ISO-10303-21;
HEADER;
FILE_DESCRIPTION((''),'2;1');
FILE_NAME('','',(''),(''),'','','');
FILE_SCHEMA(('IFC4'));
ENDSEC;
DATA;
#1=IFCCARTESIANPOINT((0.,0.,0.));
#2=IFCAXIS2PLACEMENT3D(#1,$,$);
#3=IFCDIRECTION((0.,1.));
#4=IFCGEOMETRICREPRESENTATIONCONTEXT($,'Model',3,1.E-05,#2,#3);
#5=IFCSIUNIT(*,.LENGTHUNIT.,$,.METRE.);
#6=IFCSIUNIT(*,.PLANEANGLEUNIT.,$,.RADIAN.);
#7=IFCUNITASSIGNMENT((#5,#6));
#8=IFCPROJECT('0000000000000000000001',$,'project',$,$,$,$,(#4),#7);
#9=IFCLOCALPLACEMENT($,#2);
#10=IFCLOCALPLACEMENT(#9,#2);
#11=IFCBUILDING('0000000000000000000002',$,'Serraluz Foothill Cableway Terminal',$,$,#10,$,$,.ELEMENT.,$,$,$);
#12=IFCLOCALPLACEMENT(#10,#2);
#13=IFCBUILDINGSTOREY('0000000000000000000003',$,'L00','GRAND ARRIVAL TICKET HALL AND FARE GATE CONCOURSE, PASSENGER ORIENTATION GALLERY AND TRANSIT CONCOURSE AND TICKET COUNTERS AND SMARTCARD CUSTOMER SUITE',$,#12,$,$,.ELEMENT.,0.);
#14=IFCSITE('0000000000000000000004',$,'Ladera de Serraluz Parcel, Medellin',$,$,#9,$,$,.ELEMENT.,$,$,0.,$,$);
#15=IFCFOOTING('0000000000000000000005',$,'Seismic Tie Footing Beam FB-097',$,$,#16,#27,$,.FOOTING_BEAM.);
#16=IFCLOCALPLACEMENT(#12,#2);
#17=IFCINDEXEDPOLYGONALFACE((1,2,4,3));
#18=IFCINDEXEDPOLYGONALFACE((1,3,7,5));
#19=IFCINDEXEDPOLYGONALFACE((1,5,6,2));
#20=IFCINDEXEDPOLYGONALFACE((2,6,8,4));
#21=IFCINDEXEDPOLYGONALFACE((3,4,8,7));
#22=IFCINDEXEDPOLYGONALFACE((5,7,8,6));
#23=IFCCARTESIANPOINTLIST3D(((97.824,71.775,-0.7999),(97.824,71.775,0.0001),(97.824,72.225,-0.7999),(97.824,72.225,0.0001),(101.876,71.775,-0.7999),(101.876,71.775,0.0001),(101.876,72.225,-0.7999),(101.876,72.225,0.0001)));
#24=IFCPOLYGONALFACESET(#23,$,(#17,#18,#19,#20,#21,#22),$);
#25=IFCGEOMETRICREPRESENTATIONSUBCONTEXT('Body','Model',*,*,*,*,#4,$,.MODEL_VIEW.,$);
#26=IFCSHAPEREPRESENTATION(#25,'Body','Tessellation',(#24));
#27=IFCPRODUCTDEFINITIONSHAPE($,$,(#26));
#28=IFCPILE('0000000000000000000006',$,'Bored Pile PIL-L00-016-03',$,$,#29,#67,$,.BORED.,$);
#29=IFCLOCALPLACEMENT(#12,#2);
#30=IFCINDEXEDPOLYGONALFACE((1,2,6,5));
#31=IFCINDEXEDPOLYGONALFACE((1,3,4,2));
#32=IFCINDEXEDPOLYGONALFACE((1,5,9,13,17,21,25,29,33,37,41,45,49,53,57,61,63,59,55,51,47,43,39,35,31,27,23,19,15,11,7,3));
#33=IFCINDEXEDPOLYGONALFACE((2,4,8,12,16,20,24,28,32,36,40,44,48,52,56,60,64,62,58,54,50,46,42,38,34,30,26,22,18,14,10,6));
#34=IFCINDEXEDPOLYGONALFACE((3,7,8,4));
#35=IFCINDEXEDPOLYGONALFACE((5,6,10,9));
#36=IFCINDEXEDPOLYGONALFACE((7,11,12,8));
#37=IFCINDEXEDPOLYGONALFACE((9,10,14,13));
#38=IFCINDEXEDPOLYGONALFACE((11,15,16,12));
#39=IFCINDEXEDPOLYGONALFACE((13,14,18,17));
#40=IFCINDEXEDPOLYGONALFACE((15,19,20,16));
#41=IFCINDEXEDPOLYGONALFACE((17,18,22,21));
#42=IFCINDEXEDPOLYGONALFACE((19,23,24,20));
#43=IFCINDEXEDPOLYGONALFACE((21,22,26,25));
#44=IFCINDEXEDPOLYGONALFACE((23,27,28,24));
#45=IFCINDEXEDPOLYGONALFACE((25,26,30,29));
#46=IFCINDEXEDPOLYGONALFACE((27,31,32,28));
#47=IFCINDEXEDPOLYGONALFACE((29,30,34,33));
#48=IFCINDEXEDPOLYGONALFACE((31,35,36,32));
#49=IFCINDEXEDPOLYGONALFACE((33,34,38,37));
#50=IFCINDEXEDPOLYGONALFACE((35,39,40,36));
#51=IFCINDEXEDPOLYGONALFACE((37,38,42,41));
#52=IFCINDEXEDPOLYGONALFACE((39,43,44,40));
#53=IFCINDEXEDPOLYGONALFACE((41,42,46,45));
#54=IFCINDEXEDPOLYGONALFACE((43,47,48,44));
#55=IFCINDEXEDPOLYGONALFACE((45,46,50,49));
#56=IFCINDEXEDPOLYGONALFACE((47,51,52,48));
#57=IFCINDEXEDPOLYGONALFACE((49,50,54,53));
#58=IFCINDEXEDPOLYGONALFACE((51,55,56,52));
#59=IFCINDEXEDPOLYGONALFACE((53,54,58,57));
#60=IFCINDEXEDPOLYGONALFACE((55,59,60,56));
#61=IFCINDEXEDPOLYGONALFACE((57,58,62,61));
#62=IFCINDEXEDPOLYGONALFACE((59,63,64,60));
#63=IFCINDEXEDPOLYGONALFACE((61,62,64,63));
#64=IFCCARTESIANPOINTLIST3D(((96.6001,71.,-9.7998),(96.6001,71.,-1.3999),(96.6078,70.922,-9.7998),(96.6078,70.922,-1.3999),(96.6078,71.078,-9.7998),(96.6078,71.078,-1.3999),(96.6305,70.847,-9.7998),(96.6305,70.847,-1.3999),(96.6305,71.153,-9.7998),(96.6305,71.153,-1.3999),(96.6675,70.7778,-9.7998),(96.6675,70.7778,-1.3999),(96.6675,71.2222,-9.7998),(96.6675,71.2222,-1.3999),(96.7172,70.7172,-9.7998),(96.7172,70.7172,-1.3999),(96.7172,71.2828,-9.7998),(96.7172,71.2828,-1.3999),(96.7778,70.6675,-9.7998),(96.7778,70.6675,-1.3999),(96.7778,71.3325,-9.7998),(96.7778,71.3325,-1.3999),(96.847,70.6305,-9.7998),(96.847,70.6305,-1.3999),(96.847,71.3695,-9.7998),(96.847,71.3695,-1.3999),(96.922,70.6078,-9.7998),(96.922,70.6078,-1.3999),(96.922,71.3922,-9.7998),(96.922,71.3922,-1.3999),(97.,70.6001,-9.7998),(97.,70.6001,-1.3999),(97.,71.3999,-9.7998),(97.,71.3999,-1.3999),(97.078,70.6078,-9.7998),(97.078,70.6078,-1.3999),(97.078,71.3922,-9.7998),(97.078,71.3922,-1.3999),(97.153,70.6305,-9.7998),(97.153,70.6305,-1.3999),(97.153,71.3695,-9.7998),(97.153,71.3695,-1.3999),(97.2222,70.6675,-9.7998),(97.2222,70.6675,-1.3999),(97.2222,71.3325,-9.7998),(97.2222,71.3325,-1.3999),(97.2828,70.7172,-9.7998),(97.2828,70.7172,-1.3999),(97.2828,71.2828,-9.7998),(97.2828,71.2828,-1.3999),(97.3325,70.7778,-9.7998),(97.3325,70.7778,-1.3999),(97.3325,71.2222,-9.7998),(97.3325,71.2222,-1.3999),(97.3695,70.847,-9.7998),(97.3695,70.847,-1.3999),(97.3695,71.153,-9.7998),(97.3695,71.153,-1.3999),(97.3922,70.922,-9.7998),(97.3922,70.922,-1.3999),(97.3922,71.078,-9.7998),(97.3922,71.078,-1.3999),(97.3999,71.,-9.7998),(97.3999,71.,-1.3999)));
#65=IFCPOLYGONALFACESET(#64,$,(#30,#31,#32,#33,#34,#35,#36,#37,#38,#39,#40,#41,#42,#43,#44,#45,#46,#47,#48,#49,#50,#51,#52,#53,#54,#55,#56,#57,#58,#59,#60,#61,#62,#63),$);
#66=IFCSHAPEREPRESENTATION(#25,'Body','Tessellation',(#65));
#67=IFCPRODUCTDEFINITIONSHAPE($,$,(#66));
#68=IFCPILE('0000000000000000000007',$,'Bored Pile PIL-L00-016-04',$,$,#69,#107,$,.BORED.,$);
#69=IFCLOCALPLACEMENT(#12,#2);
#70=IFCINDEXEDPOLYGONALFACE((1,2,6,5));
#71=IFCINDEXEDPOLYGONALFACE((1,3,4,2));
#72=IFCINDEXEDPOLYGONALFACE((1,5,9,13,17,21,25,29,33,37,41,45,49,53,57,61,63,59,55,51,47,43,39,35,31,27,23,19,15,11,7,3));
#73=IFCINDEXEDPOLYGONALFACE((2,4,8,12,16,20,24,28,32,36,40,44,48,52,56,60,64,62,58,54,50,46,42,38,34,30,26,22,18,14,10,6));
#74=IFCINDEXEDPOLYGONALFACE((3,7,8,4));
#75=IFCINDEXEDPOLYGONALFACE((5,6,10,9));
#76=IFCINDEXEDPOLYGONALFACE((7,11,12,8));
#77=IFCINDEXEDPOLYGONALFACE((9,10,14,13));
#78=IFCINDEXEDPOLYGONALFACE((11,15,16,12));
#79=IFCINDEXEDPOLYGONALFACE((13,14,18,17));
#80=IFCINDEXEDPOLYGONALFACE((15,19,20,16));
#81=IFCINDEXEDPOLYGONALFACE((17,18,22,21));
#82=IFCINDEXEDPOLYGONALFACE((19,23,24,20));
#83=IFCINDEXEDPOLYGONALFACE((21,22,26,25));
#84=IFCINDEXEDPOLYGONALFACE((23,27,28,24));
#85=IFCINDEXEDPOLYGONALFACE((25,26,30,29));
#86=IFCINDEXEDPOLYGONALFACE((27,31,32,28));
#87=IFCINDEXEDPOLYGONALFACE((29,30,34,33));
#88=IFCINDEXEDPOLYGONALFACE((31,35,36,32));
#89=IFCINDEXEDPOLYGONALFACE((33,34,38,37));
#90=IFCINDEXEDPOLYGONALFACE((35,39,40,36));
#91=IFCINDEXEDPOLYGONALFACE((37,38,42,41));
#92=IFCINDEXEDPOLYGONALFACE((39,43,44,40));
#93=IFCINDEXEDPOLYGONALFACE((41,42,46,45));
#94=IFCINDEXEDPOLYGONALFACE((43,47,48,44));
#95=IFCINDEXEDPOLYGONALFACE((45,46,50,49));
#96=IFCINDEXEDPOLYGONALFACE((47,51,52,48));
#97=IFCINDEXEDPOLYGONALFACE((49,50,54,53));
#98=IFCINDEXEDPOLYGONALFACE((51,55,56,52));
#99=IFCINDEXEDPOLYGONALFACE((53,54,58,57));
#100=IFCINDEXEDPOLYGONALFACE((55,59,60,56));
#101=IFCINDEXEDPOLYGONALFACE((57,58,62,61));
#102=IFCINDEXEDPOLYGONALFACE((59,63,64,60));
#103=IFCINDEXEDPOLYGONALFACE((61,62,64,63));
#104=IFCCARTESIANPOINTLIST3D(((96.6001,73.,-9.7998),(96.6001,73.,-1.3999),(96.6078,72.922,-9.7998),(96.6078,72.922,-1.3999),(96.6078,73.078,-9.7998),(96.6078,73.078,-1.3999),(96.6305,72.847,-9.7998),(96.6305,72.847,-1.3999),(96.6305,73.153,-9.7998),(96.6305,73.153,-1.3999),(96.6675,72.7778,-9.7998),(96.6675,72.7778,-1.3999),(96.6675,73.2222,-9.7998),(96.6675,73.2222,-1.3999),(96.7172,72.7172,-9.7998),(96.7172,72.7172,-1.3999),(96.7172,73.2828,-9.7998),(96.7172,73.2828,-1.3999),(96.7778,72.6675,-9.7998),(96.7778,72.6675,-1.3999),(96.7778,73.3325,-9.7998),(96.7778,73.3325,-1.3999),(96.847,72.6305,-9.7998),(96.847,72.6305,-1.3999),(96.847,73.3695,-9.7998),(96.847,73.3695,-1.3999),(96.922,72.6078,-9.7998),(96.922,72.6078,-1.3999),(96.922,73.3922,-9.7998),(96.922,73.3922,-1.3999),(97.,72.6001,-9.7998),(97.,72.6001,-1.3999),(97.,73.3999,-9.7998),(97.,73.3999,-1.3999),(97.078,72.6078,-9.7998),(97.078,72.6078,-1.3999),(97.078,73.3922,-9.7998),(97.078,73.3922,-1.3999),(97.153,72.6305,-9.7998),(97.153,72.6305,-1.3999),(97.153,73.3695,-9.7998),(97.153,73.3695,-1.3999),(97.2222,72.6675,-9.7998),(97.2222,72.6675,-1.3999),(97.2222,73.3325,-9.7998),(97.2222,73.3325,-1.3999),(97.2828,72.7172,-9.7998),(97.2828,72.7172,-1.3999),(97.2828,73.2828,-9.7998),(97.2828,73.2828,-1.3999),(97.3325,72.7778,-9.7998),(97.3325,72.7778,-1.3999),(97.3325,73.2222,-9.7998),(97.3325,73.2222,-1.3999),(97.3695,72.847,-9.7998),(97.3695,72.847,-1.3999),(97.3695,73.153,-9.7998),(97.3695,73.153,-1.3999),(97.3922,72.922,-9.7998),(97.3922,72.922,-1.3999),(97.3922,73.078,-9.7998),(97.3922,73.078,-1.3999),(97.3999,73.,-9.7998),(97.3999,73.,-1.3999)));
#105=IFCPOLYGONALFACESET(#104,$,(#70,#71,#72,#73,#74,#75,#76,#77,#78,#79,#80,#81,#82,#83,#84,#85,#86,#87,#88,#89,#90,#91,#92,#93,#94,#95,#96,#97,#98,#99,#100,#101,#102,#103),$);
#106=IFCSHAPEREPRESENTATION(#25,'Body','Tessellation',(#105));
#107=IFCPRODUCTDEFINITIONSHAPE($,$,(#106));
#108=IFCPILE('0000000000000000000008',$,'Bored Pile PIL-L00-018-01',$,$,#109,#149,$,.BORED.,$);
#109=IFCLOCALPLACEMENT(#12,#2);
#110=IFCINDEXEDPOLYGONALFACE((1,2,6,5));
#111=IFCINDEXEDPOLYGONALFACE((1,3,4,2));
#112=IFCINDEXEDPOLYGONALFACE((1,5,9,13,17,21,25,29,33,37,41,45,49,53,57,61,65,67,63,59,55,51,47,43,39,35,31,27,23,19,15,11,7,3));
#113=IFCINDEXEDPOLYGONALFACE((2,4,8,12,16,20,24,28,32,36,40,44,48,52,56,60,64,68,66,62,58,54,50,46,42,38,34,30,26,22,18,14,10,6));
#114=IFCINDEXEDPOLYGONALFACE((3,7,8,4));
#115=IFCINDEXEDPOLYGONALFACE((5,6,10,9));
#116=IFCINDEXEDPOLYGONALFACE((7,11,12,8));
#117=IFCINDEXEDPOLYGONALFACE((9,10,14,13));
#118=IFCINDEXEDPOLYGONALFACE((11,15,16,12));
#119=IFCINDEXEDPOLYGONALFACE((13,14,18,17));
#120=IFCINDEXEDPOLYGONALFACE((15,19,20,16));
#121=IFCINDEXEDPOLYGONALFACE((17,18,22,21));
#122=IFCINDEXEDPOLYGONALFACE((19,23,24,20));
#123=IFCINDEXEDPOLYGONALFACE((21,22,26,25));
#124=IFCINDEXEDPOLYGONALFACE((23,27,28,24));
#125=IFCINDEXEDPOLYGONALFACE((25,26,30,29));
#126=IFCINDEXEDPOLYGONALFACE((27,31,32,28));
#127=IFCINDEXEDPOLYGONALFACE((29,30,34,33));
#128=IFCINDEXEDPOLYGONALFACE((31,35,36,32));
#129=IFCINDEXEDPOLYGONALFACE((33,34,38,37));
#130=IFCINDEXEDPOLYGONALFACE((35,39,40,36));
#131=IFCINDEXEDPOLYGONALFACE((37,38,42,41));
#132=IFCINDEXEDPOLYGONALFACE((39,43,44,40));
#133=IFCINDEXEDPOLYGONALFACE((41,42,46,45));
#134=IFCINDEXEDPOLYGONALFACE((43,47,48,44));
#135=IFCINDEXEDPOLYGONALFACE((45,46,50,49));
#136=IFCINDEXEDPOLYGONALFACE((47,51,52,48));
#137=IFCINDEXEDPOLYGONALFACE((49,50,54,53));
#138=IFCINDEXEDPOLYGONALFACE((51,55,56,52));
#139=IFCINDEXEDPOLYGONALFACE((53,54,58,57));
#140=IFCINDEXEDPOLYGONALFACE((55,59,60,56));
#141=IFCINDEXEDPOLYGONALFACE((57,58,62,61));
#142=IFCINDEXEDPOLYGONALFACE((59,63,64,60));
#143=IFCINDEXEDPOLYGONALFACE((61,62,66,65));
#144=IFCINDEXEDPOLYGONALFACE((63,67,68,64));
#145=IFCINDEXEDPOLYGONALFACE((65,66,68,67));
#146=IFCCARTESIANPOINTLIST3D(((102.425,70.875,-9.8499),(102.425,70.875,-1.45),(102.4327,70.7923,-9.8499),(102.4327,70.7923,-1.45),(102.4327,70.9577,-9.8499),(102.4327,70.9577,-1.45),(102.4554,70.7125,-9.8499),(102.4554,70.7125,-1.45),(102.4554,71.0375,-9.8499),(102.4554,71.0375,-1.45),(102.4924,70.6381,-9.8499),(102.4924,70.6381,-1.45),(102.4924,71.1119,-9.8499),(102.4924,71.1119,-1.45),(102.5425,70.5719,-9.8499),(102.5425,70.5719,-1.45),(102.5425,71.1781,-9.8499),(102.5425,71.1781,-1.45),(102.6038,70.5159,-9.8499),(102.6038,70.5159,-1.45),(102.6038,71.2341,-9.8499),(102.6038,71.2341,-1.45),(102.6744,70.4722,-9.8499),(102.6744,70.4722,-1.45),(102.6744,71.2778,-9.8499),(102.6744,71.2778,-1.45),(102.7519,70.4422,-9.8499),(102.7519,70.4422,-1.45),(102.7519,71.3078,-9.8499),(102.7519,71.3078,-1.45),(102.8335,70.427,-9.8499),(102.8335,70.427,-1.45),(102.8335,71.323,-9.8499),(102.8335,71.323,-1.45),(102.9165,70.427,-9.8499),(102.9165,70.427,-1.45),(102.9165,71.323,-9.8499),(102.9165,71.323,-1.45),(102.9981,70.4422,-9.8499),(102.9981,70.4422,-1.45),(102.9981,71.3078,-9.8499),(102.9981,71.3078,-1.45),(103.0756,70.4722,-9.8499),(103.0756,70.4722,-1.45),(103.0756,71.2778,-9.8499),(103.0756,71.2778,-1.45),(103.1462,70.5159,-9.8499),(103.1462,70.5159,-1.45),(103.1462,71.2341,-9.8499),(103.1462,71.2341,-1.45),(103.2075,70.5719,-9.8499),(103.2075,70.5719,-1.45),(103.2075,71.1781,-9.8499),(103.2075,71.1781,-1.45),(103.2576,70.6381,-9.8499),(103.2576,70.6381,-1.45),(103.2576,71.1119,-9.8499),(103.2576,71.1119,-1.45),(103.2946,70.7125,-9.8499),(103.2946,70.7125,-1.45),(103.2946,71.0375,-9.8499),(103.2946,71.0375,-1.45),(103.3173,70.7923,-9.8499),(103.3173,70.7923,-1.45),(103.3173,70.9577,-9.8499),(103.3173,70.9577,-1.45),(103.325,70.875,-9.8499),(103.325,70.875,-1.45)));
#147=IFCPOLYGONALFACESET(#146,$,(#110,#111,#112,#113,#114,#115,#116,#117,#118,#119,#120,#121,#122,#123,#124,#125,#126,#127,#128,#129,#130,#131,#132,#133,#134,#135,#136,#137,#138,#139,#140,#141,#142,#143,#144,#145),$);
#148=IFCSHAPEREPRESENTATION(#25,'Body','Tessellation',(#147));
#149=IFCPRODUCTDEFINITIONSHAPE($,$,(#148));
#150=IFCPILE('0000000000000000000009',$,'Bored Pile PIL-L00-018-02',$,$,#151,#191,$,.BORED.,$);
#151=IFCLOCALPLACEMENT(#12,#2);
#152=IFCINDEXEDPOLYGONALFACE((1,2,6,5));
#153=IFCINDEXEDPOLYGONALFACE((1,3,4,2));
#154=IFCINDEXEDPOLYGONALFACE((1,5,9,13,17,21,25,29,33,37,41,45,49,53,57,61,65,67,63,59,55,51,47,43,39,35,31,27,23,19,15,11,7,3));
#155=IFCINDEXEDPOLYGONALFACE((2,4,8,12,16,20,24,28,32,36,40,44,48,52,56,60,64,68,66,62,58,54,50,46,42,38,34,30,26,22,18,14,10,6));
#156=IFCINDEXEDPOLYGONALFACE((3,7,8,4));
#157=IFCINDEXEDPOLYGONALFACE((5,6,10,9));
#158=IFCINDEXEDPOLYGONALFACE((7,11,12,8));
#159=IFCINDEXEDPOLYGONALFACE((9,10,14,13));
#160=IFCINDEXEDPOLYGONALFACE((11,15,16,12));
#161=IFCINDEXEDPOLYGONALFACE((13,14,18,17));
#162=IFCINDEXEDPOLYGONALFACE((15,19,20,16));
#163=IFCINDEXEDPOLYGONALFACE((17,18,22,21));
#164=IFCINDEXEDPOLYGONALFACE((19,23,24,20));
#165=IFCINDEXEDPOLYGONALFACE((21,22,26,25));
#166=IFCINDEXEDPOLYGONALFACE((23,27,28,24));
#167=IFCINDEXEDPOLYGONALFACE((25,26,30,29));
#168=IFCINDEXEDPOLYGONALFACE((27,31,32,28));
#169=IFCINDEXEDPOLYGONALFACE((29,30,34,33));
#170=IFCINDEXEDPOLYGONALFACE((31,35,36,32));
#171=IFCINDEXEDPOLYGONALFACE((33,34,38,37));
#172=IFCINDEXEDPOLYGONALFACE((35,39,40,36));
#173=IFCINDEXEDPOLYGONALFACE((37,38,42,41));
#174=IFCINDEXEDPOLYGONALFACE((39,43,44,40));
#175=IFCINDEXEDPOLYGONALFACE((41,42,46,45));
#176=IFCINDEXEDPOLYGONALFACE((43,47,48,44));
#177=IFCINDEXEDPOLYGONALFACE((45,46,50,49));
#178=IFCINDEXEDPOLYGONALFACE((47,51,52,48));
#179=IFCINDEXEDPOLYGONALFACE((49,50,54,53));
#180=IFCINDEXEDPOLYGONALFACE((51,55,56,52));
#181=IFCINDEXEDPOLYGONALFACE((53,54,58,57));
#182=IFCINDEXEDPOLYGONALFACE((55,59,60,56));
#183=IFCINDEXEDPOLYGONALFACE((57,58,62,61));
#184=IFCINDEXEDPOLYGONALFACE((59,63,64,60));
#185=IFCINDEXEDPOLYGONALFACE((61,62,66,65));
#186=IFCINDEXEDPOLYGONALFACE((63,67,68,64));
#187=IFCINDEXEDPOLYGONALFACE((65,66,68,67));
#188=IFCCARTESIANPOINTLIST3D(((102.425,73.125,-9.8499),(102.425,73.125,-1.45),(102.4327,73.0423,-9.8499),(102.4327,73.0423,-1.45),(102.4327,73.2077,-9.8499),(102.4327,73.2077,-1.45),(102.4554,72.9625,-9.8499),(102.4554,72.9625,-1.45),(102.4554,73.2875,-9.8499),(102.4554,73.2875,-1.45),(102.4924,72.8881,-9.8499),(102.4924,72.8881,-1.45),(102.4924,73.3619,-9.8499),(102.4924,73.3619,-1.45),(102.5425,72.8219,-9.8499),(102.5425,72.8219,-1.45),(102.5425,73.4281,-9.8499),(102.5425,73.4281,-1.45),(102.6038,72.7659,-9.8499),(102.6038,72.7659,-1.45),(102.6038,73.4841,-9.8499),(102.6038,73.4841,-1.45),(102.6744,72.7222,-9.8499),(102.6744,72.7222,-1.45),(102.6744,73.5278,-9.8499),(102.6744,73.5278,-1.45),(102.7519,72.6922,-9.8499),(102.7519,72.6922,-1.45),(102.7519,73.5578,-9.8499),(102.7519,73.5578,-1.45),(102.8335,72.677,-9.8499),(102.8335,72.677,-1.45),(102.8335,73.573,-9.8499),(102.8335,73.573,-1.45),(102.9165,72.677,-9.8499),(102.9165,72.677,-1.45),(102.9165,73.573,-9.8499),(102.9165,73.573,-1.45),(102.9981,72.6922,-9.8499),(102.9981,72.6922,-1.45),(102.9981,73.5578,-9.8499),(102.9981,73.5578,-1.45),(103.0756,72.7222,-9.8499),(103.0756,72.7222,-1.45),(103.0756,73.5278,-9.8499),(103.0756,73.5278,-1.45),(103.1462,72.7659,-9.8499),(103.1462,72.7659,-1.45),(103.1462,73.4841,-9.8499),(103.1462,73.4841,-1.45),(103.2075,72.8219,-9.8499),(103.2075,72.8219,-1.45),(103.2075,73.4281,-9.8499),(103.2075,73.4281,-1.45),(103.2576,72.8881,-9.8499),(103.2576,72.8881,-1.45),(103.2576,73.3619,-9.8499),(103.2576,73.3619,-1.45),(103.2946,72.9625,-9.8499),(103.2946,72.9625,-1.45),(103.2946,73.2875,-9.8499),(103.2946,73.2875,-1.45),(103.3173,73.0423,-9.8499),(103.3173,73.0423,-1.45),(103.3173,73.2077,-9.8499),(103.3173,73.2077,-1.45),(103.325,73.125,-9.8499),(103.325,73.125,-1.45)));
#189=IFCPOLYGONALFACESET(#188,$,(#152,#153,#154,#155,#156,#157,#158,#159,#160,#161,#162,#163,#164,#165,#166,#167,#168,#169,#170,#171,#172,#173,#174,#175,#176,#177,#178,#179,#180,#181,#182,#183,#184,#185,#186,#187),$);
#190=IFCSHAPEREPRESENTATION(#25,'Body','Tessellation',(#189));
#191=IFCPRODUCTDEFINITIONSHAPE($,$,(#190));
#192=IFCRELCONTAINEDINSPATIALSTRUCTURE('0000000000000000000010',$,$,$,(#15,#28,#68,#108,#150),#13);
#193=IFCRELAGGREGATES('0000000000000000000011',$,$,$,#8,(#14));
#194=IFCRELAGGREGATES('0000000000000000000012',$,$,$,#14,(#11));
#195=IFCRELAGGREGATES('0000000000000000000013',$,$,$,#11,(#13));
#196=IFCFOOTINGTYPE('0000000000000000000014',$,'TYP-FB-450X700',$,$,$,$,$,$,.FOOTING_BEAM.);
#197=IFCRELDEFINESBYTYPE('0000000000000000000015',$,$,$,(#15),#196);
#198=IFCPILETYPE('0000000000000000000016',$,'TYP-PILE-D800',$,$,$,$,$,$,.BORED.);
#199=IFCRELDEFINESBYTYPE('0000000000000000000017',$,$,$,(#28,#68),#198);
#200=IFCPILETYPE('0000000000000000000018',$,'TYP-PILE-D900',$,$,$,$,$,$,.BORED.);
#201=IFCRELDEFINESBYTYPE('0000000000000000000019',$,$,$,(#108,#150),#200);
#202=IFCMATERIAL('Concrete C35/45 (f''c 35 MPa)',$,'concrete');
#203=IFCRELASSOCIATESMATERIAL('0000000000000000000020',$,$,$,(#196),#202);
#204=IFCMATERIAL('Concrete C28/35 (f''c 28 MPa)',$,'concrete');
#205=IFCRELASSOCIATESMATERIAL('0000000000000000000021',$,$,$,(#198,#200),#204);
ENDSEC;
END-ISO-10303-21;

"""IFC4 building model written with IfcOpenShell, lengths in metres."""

from ifc_helpers import new_model, si_unit, direction, frame, origin, origin_2d, place, context, subcontext, project, spatial, rectangle, circle, extrude, material, material_profile, profile_set, type_object, element, save


model = new_model("IFC4")

# Units and contexts
model_context = context("Model", 3, precision=1e-05, world=origin(), true_north=direction((0.0, 1.0)))
body_context = subcontext(model_context, "Body", "Model", "MODEL_VIEW")
ifc_project = project(units=[si_unit("LENGTHUNIT", "METRE"), si_unit("PLANEANGLEUNIT", "RADIAN")], contexts=[model_context])

# Site, building, storey
site_placement = place(None, origin())
site = spatial("IfcSite", under=ifc_project, at=site_placement, Name="Ladera de Serraluz Parcel, Medellin", CompositionType="ELEMENT", RefElevation=0.0)
building_placement = place(site_placement, origin())
building = spatial("IfcBuilding", under=site, at=building_placement, Name="Serraluz Foothill Cableway Terminal", CompositionType="ELEMENT")
storey_placement = place(building_placement, origin())
storey = spatial("IfcBuildingStorey", under=building, at=storey_placement, Name="L00", Description="GRAND ARRIVAL TICKET HALL AND FARE GATE CONCOURSE, PASSENGER ORIENTATION GALLERY AND TRANSIT CONCOURSE AND TICKET COUNTERS AND SMARTCARD CUSTOMER SUITE", CompositionType="ELEMENT", Elevation=0.0)

# Footing
ifc_material_1 = material(Name="Concrete C35/45 (f'c 35 MPa)", Category="concrete")
ifc_material_profile_1 = material_profile(ifc_material_1, rectangle(XDim=0.45, YDim=0.8, at=origin_2d()), Name="RC 450x800")
ifc_profile_set_1 = profile_set([ifc_material_profile_1], Name="Concrete C35/45 (f'c 35 MPa)")
footing_type_1 = type_object("IfcFootingType", Name="TYP-FB-450X700", PredefinedType="FOOTING_BEAM", material=ifc_profile_set_1)
footing_1_placement = place(storey_placement, frame((97.824, 72.0, -0.3999), z_axis=(1.0, 0.0, 0.0), x_axis=(0.0, 1.0, 0.0)))
element("IfcFooting", 1, at=footing_1_placement, inside=storey, type_object=footing_type_1, Name="Seismic Tie Footing Beam FB-097", PredefinedType="FOOTING_BEAM", context=body_context, shape_type="SweptSolid", body=[
    extrude(rectangle(XDim=0.45, YDim=0.8, at=origin_2d()), origin(), (0.0, 0.0, 1.0), 4.052),
])

# Piles
ifc_material_2 = material(Name="Concrete C28/35 (f'c 28 MPa)", Category="concrete")
ifc_material_profile_2 = material_profile(ifc_material_2, circle(Radius=0.3999, at=origin_2d()), Name="BORED PILE D800")
ifc_profile_set_2 = profile_set([ifc_material_profile_2], Name="Concrete C28/35 (f'c 28 MPa)")
pile_type_1 = type_object("IfcPileType", Name="TYP-PILE-D800", PredefinedType="BORED", material=ifc_profile_set_2)
for number, where, z_axis, x_axis, name in (
    (2, (97.0, 71.0, -1.3999), (0.0, 0.0, -1.0), (1.0, 0.0, 0.0), "Bored Pile PIL-L00-016-03"),
    (3, (97.0, 73.0, -1.3999), (0.0, 0.0, -1.0), (1.0, 0.0, 0.0), "Bored Pile PIL-L00-016-04"),
):
    element("IfcPile", number, at=place(storey_placement, frame(where, z_axis=z_axis, x_axis=x_axis)), inside=storey, type_object=pile_type_1, Name=name, PredefinedType="BORED", context=body_context, shape_type="SweptSolid", body=[
        extrude(circle(Radius=0.3999, at=origin_2d()), origin(), (0.0, 0.0, 1.0), 8.3999),
    ])
ifc_material_profile_3 = material_profile(ifc_material_2, circle(Radius=0.45, at=origin_2d()), Name="BORED PILE D900")
ifc_profile_set_3 = profile_set([ifc_material_profile_3], Name="Concrete C28/35 (f'c 28 MPa)")
pile_type_2 = type_object("IfcPileType", Name="TYP-PILE-D900", PredefinedType="BORED", material=ifc_profile_set_3)
for number, where, z_axis, x_axis, name in (
    (4, (102.875, 70.875, -1.45), (0.0, 0.0, -1.0), (1.0, 0.0, 0.0), "Bored Pile PIL-L00-018-01"),
    (5, (102.875, 73.125, -1.45), (0.0, 0.0, -1.0), (1.0, 0.0, 0.0), "Bored Pile PIL-L00-018-02"),
):
    element("IfcPile", number, at=place(storey_placement, frame(where, z_axis=z_axis, x_axis=x_axis)), inside=storey, type_object=pile_type_2, Name=name, PredefinedType="BORED", context=body_context, shape_type="SweptSolid", body=[
        extrude(circle(Radius=0.45, at=origin_2d()), origin(), (0.0, 0.0, 1.0), 8.3999),
    ])

save(model, "model.ifc")
